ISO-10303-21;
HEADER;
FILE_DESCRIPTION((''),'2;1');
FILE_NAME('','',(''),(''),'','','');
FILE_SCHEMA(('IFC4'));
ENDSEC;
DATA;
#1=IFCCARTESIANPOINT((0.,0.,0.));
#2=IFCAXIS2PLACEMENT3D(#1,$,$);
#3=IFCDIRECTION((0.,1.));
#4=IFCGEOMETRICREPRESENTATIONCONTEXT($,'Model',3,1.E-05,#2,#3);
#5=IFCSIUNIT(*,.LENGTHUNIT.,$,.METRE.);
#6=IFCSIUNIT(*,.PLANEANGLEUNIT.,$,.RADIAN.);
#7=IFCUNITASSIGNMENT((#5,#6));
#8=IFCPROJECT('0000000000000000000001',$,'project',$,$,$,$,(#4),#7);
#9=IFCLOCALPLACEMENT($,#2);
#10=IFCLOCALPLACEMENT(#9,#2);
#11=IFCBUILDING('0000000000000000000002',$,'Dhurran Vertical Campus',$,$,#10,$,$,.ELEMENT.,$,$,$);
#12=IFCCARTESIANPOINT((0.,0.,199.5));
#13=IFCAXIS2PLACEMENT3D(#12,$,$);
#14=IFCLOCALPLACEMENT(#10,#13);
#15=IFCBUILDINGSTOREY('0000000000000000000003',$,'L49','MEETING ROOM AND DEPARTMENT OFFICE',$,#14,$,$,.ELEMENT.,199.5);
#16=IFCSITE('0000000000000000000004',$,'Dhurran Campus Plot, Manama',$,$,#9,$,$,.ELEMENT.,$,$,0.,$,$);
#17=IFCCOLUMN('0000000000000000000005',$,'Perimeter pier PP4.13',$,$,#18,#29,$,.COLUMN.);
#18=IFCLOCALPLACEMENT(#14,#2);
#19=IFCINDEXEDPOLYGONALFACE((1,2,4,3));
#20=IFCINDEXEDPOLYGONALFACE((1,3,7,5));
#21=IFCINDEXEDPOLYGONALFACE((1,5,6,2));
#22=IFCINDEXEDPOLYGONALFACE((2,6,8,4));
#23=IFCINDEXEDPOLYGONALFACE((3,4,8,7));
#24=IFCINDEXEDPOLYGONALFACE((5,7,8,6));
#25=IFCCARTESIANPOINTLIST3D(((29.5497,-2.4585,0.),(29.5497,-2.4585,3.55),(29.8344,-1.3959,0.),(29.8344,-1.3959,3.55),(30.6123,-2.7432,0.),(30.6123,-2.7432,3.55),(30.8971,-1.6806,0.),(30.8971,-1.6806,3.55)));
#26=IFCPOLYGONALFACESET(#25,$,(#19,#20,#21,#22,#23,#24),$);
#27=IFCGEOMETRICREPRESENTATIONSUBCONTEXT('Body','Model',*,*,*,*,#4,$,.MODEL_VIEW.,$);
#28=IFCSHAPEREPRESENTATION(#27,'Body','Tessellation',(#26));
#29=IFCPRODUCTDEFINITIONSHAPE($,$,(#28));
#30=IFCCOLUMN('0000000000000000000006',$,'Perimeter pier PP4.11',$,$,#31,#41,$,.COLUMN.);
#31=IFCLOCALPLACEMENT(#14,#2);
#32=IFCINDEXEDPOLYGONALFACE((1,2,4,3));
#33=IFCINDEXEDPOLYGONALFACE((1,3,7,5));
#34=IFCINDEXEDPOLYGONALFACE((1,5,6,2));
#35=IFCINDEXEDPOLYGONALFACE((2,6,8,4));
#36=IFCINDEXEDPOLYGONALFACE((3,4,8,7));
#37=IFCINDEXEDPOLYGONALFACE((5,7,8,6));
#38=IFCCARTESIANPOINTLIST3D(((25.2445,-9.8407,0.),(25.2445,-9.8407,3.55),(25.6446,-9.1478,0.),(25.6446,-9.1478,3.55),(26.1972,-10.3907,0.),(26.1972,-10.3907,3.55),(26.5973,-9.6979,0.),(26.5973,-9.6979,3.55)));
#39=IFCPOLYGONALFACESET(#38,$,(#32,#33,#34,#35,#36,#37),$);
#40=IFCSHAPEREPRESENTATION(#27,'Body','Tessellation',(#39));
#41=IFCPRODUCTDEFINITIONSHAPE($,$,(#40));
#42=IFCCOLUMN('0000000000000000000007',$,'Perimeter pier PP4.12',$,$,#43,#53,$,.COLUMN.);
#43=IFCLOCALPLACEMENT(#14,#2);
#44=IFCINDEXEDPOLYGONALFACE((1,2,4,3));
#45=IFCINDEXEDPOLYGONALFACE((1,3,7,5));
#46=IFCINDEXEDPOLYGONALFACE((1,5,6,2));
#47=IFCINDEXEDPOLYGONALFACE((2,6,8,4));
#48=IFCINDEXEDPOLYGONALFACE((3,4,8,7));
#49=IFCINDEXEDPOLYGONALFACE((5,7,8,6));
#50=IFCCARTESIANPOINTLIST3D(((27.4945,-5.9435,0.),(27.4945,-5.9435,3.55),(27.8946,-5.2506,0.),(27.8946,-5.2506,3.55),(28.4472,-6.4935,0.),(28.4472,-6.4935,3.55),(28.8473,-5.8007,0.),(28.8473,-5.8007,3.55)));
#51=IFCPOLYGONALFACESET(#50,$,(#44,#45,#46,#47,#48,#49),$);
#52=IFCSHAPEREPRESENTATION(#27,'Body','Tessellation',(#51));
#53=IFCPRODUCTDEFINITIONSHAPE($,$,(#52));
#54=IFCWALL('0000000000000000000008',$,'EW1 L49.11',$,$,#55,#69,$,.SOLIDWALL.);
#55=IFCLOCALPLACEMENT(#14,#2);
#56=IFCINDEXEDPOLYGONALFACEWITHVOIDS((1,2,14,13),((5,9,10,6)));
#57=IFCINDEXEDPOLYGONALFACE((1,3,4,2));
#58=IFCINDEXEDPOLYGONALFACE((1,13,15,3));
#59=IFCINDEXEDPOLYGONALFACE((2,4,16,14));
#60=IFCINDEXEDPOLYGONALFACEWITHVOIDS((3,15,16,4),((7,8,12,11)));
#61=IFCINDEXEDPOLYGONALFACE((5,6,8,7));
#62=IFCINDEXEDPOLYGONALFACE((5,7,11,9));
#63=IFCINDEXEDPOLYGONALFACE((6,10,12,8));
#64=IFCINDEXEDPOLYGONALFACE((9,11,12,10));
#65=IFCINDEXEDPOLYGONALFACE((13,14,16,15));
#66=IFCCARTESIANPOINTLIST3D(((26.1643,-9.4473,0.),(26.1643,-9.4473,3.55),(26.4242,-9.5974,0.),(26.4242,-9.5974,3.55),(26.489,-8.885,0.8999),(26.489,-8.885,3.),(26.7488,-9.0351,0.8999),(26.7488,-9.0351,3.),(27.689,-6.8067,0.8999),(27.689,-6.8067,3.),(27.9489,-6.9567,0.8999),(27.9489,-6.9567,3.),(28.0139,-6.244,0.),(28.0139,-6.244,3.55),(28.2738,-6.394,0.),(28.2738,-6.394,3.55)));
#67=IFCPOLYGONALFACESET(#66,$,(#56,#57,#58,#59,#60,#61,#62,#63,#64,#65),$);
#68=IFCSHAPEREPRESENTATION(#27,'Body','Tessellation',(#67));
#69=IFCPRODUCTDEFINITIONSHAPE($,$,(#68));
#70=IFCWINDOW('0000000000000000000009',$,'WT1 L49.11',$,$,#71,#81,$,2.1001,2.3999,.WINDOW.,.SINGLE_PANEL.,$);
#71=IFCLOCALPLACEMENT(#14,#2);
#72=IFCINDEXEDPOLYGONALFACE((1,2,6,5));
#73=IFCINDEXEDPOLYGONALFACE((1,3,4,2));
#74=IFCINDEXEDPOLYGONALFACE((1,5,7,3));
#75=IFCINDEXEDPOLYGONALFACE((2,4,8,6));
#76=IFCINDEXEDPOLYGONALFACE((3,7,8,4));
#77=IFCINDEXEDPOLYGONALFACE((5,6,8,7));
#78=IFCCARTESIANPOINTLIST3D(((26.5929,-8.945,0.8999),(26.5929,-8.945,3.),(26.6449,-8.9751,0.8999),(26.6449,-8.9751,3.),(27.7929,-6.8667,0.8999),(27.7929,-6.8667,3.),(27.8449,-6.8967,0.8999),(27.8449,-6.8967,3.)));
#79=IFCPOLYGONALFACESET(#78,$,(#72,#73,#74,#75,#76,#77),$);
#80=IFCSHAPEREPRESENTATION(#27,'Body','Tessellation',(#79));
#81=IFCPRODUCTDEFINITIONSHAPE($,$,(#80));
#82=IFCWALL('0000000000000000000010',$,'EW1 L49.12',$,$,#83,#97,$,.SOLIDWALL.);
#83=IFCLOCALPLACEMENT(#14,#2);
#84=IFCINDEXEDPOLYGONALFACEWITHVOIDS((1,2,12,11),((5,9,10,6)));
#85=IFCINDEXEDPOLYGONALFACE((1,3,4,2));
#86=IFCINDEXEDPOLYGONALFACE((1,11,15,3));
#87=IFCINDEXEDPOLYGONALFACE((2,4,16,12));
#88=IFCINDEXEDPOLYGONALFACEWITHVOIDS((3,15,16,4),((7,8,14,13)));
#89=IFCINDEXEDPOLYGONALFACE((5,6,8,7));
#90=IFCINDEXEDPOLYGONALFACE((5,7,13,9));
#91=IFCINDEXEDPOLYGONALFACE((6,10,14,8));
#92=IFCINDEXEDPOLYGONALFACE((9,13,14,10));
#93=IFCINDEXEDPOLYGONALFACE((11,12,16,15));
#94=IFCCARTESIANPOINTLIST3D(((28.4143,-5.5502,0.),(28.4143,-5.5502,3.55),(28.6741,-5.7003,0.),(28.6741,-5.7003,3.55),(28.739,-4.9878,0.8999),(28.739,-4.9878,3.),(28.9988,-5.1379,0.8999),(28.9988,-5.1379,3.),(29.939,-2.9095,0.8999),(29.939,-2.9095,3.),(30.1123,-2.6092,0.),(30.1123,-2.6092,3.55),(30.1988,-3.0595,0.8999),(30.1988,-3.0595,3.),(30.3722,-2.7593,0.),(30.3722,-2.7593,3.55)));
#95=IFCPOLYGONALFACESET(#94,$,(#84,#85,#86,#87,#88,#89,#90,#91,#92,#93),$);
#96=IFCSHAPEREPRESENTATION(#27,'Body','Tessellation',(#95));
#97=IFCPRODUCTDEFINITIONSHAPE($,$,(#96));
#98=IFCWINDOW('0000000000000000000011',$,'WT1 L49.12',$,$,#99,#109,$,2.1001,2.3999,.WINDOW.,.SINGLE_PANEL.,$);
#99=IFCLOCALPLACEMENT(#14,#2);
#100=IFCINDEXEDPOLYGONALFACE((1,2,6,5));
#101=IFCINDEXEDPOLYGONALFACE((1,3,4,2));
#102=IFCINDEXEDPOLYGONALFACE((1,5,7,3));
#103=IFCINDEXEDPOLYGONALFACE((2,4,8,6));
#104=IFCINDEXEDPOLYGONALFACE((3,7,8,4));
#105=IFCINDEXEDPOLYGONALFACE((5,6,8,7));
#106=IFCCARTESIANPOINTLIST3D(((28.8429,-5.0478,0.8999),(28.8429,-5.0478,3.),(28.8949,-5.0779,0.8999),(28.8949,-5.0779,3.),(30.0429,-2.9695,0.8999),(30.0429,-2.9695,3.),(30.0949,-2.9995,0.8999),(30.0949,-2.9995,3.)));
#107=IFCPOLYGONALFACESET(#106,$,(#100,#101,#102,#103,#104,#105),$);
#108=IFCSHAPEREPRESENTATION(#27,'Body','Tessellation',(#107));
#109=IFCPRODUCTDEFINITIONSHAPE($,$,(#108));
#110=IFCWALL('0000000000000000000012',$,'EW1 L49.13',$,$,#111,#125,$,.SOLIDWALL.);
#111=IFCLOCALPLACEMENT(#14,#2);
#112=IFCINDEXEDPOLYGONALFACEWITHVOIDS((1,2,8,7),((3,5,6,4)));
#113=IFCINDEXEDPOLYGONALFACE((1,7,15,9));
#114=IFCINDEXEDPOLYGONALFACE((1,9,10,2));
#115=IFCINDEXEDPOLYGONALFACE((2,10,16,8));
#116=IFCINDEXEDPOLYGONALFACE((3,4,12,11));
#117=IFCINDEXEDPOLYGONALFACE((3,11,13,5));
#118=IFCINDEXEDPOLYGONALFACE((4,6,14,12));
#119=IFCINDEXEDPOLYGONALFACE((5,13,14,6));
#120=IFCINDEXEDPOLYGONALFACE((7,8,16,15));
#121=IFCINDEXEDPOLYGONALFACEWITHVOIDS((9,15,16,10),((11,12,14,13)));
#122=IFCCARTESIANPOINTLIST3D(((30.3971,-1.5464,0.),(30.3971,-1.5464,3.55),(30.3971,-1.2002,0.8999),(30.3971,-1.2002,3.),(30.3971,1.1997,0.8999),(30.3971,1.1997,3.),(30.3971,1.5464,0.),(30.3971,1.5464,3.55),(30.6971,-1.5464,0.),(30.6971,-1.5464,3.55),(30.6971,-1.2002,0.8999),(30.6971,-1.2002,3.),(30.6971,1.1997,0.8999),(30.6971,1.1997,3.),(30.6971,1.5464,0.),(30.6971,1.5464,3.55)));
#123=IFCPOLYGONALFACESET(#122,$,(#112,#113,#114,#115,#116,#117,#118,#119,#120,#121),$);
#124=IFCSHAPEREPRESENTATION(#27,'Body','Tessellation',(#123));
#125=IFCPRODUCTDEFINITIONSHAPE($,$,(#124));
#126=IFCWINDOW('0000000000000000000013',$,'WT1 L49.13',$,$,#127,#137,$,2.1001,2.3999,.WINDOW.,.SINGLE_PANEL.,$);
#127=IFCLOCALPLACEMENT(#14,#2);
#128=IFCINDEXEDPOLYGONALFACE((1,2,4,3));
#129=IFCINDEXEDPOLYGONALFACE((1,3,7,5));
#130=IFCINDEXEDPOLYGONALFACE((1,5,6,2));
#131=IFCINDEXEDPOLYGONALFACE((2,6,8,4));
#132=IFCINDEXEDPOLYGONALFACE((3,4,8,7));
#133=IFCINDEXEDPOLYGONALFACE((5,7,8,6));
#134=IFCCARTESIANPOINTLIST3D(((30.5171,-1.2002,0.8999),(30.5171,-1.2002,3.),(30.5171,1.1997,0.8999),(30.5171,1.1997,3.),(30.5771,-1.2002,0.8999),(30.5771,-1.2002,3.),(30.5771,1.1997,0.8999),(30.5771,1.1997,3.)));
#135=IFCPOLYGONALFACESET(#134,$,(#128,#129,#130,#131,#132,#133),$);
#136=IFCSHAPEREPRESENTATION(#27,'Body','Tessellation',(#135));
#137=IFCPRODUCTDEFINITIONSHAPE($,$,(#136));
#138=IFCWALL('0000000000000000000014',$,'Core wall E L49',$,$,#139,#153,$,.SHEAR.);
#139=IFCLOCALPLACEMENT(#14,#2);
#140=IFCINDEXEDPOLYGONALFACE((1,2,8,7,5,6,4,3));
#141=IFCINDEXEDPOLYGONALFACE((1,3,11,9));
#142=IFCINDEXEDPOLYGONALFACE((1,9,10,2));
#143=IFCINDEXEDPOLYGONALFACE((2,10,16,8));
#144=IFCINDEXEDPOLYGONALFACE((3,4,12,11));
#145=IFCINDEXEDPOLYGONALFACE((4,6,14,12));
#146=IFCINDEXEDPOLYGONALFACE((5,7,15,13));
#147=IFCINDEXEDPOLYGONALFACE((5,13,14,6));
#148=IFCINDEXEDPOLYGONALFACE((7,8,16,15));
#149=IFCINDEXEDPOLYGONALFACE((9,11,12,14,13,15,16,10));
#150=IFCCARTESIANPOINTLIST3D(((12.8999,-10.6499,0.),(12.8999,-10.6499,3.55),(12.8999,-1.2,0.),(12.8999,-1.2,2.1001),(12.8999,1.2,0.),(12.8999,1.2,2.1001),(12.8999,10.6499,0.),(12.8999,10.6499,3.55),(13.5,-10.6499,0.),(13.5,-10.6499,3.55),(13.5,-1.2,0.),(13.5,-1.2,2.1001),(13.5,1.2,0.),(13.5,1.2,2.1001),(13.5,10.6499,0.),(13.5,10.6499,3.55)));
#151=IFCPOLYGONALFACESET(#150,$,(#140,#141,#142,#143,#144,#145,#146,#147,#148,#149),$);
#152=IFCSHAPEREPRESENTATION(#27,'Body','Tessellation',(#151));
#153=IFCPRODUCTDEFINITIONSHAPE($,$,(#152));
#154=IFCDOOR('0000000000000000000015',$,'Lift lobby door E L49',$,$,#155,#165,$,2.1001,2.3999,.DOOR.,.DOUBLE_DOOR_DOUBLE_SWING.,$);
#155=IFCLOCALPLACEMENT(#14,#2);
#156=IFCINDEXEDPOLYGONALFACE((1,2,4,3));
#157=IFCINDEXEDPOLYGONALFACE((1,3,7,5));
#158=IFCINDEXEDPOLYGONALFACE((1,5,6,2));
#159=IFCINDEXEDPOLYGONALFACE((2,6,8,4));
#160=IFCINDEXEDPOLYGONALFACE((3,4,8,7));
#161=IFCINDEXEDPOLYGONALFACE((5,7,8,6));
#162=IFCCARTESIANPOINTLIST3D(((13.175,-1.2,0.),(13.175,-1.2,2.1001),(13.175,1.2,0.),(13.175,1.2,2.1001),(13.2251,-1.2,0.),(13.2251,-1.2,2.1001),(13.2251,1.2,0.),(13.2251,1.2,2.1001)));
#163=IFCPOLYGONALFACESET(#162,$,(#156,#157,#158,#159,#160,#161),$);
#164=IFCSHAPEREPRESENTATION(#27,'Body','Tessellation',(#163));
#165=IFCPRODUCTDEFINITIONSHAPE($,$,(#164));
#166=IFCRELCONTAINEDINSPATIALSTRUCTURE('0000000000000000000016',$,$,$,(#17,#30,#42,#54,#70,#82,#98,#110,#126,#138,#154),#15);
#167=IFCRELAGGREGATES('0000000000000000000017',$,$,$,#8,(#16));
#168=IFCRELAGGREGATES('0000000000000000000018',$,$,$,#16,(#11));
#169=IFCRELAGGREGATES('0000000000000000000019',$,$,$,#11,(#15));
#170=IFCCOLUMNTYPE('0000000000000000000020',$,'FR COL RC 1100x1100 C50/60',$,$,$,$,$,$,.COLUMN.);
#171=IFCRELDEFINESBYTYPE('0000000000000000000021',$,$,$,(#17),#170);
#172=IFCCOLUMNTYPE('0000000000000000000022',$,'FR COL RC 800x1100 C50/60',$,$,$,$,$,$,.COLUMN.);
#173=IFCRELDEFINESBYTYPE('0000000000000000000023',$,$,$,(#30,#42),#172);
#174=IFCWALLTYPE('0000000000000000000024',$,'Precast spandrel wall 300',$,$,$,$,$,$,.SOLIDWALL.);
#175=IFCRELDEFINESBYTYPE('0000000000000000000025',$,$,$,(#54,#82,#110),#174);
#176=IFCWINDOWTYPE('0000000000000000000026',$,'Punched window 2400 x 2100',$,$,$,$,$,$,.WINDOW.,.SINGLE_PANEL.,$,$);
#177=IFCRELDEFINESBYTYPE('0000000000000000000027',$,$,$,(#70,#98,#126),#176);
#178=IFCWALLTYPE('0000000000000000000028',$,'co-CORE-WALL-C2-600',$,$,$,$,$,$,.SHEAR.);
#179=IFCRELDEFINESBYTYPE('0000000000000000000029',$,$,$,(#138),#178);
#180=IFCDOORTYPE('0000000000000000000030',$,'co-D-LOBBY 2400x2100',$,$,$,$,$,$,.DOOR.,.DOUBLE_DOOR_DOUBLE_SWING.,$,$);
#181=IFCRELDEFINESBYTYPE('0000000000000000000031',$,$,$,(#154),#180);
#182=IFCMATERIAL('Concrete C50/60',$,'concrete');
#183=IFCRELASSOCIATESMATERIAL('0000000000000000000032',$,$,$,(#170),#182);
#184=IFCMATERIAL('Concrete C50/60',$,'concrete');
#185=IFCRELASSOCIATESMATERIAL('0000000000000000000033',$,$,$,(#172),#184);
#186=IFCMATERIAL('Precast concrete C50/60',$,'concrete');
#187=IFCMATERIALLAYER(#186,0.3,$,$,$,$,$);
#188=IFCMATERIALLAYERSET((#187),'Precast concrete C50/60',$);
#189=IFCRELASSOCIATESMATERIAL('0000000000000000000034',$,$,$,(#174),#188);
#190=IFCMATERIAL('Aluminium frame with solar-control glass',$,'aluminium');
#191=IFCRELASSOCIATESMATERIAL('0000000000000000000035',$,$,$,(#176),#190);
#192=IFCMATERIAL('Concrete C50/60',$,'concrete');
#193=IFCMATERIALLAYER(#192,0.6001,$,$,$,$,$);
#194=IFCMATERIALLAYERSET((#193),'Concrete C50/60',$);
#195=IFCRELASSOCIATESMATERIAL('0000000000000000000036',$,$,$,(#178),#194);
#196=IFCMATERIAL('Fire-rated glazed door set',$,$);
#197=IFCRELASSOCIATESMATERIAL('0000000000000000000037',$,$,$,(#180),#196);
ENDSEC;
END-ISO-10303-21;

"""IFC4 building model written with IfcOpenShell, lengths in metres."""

from ifc_helpers import new_model, si_unit, direction, frame, frame_2d, origin, origin_2d, place, context, subcontext, project, spatial, rectangle, extrude, material, layer, layer_set, material_profile, profile_set, type_object, element, fill, save


model = new_model("IFC4")

# Units and contexts
model_context = context("Model", 3, precision=1e-05, world=origin(), true_north=direction((0.0, 1.0)))
body_context = subcontext(model_context, "Body", "Model", "MODEL_VIEW")
ifc_project = project(units=[si_unit("LENGTHUNIT", "METRE"), si_unit("PLANEANGLEUNIT", "RADIAN")], contexts=[model_context])

# Site, building, storey
site_placement = place(None, origin())
site = spatial("IfcSite", under=ifc_project, at=site_placement, Name="Dhurran Campus Plot, Manama", CompositionType="ELEMENT", RefElevation=0.0)
building_placement = place(site_placement, origin())
building = spatial("IfcBuilding", under=site, at=building_placement, Name="Dhurran Vertical Campus", CompositionType="ELEMENT")
storey_placement = place(building_placement, frame((0.0, 0.0, 199.5)))
storey = spatial("IfcBuildingStorey", under=building, at=storey_placement, Name="L49", Description="MEETING ROOM AND DEPARTMENT OFFICE", CompositionType="ELEMENT", Elevation=199.5)

# Columns
ifc_material_1 = material(Name="Concrete C50/60", Category="concrete")
ifc_material_profile_1 = material_profile(ifc_material_1, rectangle(XDim=1.1001, YDim=1.1001, at=origin_2d()), Name="RC 1100x1100")
ifc_profile_set_1 = profile_set([ifc_material_profile_1], Name="Concrete C50/60")
column_type_1 = type_object("IfcColumnType", Name="FR COL RC 1100x1100 C50/60", PredefinedType="COLUMN", material=ifc_profile_set_1)
column_placement = place(storey_placement, frame((30.2234, -2.0696, 0.0), z_axis=(0.0, 0.0, 1.0), x_axis=(0.258819, 0.965926, 0.0)))
element("IfcColumn", 1, at=column_placement, inside=storey, type_object=column_type_1, Name="Perimeter pier PP4.13", PredefinedType="COLUMN", context=body_context, shape_type="SweptSolid", body=[
    extrude(rectangle(XDim=1.1001, YDim=1.1001, at=origin_2d()), origin(), (0.0, 0.0, 1.0), 3.55),
])
ifc_material_2 = material(Name="Concrete C50/60", Category="concrete")
ifc_material_profile_2 = material_profile(ifc_material_2, rectangle(XDim=0.8, YDim=1.1001, at=origin_2d()), Name="RC 800x1100")
ifc_profile_set_2 = profile_set([ifc_material_profile_2], Name="Concrete C50/60")
column_type_2 = type_object("IfcColumnType", Name="FR COL RC 800x1100 C50/60", PredefinedType="COLUMN", material=ifc_profile_set_2)
for number, where, z_axis, x_axis, name in (
    (2, (25.9209, -9.7693, 0.0), (0.0, 0.0, 1.0), (0.5, 0.866025, 0.0), "Perimeter pier PP4.11"),
    (3, (28.1709, -5.8721, 0.0), (0.0, 0.0, 1.0), (0.5, 0.866025, 0.0), "Perimeter pier PP4.12"),
):
    element("IfcColumn", number, at=place(storey_placement, frame(where, z_axis=z_axis, x_axis=x_axis)), inside=storey, type_object=column_type_2, Name=name, PredefinedType="COLUMN", context=body_context, shape_type="SweptSolid", body=[
        extrude(rectangle(XDim=0.8, YDim=1.1001, at=origin_2d()), origin(), (0.0, 0.0, 1.0), 3.55),
    ])

# Walls, openings, windows
ifc_material_3 = material(Name="Precast concrete C50/60", Category="concrete")
ifc_layer_1 = layer(ifc_material_3, 0.3)
ifc_layer_set_1 = layer_set([ifc_layer_1], Name="Precast concrete C50/60")
wall_type_1 = type_object("IfcWallType", Name="Precast spandrel wall 300", PredefinedType="SOLIDWALL", material=ifc_layer_set_1)
wall_1_placement = place(storey_placement, frame((26.2942, -9.5225, 0.0), z_axis=(0.0, 0.0, 1.0), x_axis=(0.500029, 0.866009, 0.0)))
wall_1 = element("IfcWall", 4, at=wall_1_placement, inside=storey, type_object=wall_type_1, Name="EW1 L49.11", PredefinedType="SOLIDWALL", context=body_context, shape_type="SweptSolid", body=[
    extrude(rectangle(XDim=3.699, YDim=0.3, at=frame_2d((1.8496, 0.0))), origin(), (0.0, 0.0, 1.0), 3.55),
])
opening_1_placement = place(wall_1_placement, frame((0.6494, 0.0, 0.8999)))
opening_1 = element("IfcOpeningElement", 5, at=opening_1_placement, cuts=wall_1, PredefinedType="OPENING", context=body_context, shape_type="SweptSolid", body=[
    extrude(rectangle(XDim=2.3999, YDim=2.1001, at=frame_2d((1.2, 1.05))), frame((0.0, 0.1599, 0.0), z_axis=(0.0, -1.0, 0.0), x_axis=(1.0, 0.0, 0.0)), (0.0, 0.0, 1.0), 0.3201),
])
ifc_material_4 = material(Name="Aluminium frame with solar-control glass", Category="aluminium")
window_type = type_object("IfcWindowType", Name="Punched window 2400 x 2100", PartitioningType="SINGLE_PANEL", PredefinedType="WINDOW", material=ifc_material_4)
window_1_placement = place(opening_1_placement, origin())
window_1 = element("IfcWindow", 6, at=window_1_placement, inside=storey, type_object=window_type, Name="WT1 L49.11", OverallHeight=2.1001, OverallWidth=2.3999, PartitioningType="SINGLE_PANEL", PredefinedType="WINDOW", context=body_context, shape_type="SweptSolid", body=[
    extrude(rectangle(XDim=2.3999, YDim=2.1001, at=frame_2d((1.2, 1.05))), frame((0.0, 0.03, 0.0), z_axis=(0.0, -1.0, 0.0), x_axis=(1.0, 0.0, 0.0)), (0.0, 0.0, 1.0), 0.0601),
])
fill(opening_1, window_1)
wall_2_placement = place(storey_placement, frame((28.5442, -5.6252, 0.0), z_axis=(0.0, 0.0, 1.0), x_axis=(0.500013, 0.866018, 0.0)))
wall_2 = element("IfcWall", 7, at=wall_2_placement, inside=storey, type_object=wall_type_1, Name="EW1 L49.12", PredefinedType="SOLIDWALL", context=body_context, shape_type="SweptSolid", body=[
    extrude(rectangle(XDim=3.396, YDim=0.3, at=frame_2d((1.698, 0.0))), origin(), (0.0, 0.0, 1.0), 3.55),
])
opening_2_placement = place(wall_2_placement, frame((0.6494, 0.0, 0.8999)))
opening_2 = element("IfcOpeningElement", 8, at=opening_2_placement, cuts=wall_2, PredefinedType="OPENING", context=body_context, shape_type="SweptSolid", body=[
    extrude(rectangle(XDim=2.3999, YDim=2.1001, at=frame_2d((1.2, 1.05))), frame((0.0, 0.1599, 0.0), z_axis=(0.0, -1.0, 0.0), x_axis=(1.0, 0.0, 0.0)), (0.0, 0.0, 1.0), 0.3201),
])
window_2_placement = place(opening_2_placement, origin())
window_2 = element("IfcWindow", 9, at=window_2_placement, inside=storey, type_object=window_type, Name="WT1 L49.12", OverallHeight=2.1001, OverallWidth=2.3999, PartitioningType="SINGLE_PANEL", PredefinedType="WINDOW", context=body_context, shape_type="SweptSolid", body=[
    extrude(rectangle(XDim=2.3999, YDim=2.1001, at=frame_2d((1.2, 1.05))), frame((0.0, 0.03, 0.0), z_axis=(0.0, -1.0, 0.0), x_axis=(1.0, 0.0, 0.0)), (0.0, 0.0, 1.0), 0.0601),
])
fill(opening_2, window_2)
wall_3_placement = place(storey_placement, frame((30.5471, -1.5464, 0.0), z_axis=(0.0, 0.0, 1.0), x_axis=(0.0, 1.0, 0.0)))
wall_3 = element("IfcWall", 10, at=wall_3_placement, inside=storey, type_object=wall_type_1, Name="EW1 L49.13", PredefinedType="SOLIDWALL", context=body_context, shape_type="SweptSolid", body=[
    extrude(rectangle(XDim=3.0928, YDim=0.3, at=frame_2d((1.5464, 0.0))), origin(), (0.0, 0.0, 1.0), 3.55),
])
opening_3_placement = place(wall_3_placement, frame((0.3462, 0.0, 0.8999)))
opening_3 = element("IfcOpeningElement", 11, at=opening_3_placement, cuts=wall_3, PredefinedType="OPENING", context=body_context, shape_type="SweptSolid", body=[
    extrude(rectangle(XDim=2.3999, YDim=2.1001, at=frame_2d((1.2, 1.05))), frame((0.0, 0.1599, 0.0), z_axis=(0.0, -1.0, 0.0), x_axis=(1.0, 0.0, 0.0)), (0.0, 0.0, 1.0), 0.3201),
])
window_3_placement = place(opening_3_placement, origin())
window_3 = element("IfcWindow", 12, at=window_3_placement, inside=storey, type_object=window_type, Name="WT1 L49.13", OverallHeight=2.1001, OverallWidth=2.3999, PartitioningType="SINGLE_PANEL", PredefinedType="WINDOW", context=body_context, shape_type="SweptSolid", body=[
    extrude(rectangle(XDim=2.3999, YDim=2.1001, at=frame_2d((1.2, 1.05))), frame((0.0, 0.03, 0.0), z_axis=(0.0, -1.0, 0.0), x_axis=(1.0, 0.0, 0.0)), (0.0, 0.0, 1.0), 0.0601),
])
fill(opening_3, window_3)

# Wall, opening, door
ifc_material_5 = material(Name="Concrete C50/60", Category="concrete")
ifc_layer_2 = layer(ifc_material_5, 0.6001)
ifc_layer_set_2 = layer_set([ifc_layer_2], Name="Concrete C50/60")
wall_type_2 = type_object("IfcWallType", Name="co-CORE-WALL-C2-600", PredefinedType="SHEAR", material=ifc_layer_set_2)
wall_4_placement = place(storey_placement, frame((13.2, -10.6499, 0.0), z_axis=(0.0, 0.0, 1.0), x_axis=(0.0, 1.0, 0.0)))
wall_4 = element("IfcWall", 13, at=wall_4_placement, inside=storey, type_object=wall_type_2, Name="Core wall E L49", PredefinedType="SHEAR", context=body_context, shape_type="SweptSolid", body=[
    extrude(rectangle(XDim=21.2998, YDim=0.6001, at=frame_2d((10.6499, 0.0))), origin(), (0.0, 0.0, 1.0), 3.55),
])
opening_4_placement = place(wall_4_placement, frame((9.45, 0.0, 0.0)))
opening_4 = element("IfcOpeningElement", 14, at=opening_4_placement, cuts=wall_4, PredefinedType="OPENING", context=body_context, shape_type="SweptSolid", body=[
    extrude(rectangle(XDim=2.3999, YDim=2.1001, at=frame_2d((1.2, 1.05))), frame((0.0, 0.3101, 0.0), z_axis=(0.0, -1.0, 0.0), x_axis=(1.0, 0.0, 0.0)), (0.0, 0.0, 1.0), 0.6201),
])
ifc_material_6 = material(Name="Fire-rated glazed door set")
door_type_1 = type_object("IfcDoorType", Name="co-D-LOBBY 2400x2100", OperationType="DOUBLE_DOOR_DOUBLE_SWING", PredefinedType="DOOR", material=ifc_material_6)
door_1_placement = place(opening_4_placement, origin())
door_1 = element("IfcDoor", 15, at=door_1_placement, inside=storey, type_object=door_type_1, Name="Lift lobby door E L49", OperationType="DOUBLE_DOOR_DOUBLE_SWING", OverallHeight=2.1001, OverallWidth=2.3999, PredefinedType="DOOR", context=body_context, shape_type="SweptSolid", body=[
    extrude(rectangle(XDim=2.3999, YDim=2.1001, at=frame_2d((1.2, 1.05))), frame((0.0, 0.0249, 0.0), z_axis=(0.0, -1.0, 0.0), x_axis=(1.0, 0.0, 0.0)), (0.0, 0.0, 1.0), 0.05),
])
fill(opening_4, door_1)

save(model, "model.ifc")
